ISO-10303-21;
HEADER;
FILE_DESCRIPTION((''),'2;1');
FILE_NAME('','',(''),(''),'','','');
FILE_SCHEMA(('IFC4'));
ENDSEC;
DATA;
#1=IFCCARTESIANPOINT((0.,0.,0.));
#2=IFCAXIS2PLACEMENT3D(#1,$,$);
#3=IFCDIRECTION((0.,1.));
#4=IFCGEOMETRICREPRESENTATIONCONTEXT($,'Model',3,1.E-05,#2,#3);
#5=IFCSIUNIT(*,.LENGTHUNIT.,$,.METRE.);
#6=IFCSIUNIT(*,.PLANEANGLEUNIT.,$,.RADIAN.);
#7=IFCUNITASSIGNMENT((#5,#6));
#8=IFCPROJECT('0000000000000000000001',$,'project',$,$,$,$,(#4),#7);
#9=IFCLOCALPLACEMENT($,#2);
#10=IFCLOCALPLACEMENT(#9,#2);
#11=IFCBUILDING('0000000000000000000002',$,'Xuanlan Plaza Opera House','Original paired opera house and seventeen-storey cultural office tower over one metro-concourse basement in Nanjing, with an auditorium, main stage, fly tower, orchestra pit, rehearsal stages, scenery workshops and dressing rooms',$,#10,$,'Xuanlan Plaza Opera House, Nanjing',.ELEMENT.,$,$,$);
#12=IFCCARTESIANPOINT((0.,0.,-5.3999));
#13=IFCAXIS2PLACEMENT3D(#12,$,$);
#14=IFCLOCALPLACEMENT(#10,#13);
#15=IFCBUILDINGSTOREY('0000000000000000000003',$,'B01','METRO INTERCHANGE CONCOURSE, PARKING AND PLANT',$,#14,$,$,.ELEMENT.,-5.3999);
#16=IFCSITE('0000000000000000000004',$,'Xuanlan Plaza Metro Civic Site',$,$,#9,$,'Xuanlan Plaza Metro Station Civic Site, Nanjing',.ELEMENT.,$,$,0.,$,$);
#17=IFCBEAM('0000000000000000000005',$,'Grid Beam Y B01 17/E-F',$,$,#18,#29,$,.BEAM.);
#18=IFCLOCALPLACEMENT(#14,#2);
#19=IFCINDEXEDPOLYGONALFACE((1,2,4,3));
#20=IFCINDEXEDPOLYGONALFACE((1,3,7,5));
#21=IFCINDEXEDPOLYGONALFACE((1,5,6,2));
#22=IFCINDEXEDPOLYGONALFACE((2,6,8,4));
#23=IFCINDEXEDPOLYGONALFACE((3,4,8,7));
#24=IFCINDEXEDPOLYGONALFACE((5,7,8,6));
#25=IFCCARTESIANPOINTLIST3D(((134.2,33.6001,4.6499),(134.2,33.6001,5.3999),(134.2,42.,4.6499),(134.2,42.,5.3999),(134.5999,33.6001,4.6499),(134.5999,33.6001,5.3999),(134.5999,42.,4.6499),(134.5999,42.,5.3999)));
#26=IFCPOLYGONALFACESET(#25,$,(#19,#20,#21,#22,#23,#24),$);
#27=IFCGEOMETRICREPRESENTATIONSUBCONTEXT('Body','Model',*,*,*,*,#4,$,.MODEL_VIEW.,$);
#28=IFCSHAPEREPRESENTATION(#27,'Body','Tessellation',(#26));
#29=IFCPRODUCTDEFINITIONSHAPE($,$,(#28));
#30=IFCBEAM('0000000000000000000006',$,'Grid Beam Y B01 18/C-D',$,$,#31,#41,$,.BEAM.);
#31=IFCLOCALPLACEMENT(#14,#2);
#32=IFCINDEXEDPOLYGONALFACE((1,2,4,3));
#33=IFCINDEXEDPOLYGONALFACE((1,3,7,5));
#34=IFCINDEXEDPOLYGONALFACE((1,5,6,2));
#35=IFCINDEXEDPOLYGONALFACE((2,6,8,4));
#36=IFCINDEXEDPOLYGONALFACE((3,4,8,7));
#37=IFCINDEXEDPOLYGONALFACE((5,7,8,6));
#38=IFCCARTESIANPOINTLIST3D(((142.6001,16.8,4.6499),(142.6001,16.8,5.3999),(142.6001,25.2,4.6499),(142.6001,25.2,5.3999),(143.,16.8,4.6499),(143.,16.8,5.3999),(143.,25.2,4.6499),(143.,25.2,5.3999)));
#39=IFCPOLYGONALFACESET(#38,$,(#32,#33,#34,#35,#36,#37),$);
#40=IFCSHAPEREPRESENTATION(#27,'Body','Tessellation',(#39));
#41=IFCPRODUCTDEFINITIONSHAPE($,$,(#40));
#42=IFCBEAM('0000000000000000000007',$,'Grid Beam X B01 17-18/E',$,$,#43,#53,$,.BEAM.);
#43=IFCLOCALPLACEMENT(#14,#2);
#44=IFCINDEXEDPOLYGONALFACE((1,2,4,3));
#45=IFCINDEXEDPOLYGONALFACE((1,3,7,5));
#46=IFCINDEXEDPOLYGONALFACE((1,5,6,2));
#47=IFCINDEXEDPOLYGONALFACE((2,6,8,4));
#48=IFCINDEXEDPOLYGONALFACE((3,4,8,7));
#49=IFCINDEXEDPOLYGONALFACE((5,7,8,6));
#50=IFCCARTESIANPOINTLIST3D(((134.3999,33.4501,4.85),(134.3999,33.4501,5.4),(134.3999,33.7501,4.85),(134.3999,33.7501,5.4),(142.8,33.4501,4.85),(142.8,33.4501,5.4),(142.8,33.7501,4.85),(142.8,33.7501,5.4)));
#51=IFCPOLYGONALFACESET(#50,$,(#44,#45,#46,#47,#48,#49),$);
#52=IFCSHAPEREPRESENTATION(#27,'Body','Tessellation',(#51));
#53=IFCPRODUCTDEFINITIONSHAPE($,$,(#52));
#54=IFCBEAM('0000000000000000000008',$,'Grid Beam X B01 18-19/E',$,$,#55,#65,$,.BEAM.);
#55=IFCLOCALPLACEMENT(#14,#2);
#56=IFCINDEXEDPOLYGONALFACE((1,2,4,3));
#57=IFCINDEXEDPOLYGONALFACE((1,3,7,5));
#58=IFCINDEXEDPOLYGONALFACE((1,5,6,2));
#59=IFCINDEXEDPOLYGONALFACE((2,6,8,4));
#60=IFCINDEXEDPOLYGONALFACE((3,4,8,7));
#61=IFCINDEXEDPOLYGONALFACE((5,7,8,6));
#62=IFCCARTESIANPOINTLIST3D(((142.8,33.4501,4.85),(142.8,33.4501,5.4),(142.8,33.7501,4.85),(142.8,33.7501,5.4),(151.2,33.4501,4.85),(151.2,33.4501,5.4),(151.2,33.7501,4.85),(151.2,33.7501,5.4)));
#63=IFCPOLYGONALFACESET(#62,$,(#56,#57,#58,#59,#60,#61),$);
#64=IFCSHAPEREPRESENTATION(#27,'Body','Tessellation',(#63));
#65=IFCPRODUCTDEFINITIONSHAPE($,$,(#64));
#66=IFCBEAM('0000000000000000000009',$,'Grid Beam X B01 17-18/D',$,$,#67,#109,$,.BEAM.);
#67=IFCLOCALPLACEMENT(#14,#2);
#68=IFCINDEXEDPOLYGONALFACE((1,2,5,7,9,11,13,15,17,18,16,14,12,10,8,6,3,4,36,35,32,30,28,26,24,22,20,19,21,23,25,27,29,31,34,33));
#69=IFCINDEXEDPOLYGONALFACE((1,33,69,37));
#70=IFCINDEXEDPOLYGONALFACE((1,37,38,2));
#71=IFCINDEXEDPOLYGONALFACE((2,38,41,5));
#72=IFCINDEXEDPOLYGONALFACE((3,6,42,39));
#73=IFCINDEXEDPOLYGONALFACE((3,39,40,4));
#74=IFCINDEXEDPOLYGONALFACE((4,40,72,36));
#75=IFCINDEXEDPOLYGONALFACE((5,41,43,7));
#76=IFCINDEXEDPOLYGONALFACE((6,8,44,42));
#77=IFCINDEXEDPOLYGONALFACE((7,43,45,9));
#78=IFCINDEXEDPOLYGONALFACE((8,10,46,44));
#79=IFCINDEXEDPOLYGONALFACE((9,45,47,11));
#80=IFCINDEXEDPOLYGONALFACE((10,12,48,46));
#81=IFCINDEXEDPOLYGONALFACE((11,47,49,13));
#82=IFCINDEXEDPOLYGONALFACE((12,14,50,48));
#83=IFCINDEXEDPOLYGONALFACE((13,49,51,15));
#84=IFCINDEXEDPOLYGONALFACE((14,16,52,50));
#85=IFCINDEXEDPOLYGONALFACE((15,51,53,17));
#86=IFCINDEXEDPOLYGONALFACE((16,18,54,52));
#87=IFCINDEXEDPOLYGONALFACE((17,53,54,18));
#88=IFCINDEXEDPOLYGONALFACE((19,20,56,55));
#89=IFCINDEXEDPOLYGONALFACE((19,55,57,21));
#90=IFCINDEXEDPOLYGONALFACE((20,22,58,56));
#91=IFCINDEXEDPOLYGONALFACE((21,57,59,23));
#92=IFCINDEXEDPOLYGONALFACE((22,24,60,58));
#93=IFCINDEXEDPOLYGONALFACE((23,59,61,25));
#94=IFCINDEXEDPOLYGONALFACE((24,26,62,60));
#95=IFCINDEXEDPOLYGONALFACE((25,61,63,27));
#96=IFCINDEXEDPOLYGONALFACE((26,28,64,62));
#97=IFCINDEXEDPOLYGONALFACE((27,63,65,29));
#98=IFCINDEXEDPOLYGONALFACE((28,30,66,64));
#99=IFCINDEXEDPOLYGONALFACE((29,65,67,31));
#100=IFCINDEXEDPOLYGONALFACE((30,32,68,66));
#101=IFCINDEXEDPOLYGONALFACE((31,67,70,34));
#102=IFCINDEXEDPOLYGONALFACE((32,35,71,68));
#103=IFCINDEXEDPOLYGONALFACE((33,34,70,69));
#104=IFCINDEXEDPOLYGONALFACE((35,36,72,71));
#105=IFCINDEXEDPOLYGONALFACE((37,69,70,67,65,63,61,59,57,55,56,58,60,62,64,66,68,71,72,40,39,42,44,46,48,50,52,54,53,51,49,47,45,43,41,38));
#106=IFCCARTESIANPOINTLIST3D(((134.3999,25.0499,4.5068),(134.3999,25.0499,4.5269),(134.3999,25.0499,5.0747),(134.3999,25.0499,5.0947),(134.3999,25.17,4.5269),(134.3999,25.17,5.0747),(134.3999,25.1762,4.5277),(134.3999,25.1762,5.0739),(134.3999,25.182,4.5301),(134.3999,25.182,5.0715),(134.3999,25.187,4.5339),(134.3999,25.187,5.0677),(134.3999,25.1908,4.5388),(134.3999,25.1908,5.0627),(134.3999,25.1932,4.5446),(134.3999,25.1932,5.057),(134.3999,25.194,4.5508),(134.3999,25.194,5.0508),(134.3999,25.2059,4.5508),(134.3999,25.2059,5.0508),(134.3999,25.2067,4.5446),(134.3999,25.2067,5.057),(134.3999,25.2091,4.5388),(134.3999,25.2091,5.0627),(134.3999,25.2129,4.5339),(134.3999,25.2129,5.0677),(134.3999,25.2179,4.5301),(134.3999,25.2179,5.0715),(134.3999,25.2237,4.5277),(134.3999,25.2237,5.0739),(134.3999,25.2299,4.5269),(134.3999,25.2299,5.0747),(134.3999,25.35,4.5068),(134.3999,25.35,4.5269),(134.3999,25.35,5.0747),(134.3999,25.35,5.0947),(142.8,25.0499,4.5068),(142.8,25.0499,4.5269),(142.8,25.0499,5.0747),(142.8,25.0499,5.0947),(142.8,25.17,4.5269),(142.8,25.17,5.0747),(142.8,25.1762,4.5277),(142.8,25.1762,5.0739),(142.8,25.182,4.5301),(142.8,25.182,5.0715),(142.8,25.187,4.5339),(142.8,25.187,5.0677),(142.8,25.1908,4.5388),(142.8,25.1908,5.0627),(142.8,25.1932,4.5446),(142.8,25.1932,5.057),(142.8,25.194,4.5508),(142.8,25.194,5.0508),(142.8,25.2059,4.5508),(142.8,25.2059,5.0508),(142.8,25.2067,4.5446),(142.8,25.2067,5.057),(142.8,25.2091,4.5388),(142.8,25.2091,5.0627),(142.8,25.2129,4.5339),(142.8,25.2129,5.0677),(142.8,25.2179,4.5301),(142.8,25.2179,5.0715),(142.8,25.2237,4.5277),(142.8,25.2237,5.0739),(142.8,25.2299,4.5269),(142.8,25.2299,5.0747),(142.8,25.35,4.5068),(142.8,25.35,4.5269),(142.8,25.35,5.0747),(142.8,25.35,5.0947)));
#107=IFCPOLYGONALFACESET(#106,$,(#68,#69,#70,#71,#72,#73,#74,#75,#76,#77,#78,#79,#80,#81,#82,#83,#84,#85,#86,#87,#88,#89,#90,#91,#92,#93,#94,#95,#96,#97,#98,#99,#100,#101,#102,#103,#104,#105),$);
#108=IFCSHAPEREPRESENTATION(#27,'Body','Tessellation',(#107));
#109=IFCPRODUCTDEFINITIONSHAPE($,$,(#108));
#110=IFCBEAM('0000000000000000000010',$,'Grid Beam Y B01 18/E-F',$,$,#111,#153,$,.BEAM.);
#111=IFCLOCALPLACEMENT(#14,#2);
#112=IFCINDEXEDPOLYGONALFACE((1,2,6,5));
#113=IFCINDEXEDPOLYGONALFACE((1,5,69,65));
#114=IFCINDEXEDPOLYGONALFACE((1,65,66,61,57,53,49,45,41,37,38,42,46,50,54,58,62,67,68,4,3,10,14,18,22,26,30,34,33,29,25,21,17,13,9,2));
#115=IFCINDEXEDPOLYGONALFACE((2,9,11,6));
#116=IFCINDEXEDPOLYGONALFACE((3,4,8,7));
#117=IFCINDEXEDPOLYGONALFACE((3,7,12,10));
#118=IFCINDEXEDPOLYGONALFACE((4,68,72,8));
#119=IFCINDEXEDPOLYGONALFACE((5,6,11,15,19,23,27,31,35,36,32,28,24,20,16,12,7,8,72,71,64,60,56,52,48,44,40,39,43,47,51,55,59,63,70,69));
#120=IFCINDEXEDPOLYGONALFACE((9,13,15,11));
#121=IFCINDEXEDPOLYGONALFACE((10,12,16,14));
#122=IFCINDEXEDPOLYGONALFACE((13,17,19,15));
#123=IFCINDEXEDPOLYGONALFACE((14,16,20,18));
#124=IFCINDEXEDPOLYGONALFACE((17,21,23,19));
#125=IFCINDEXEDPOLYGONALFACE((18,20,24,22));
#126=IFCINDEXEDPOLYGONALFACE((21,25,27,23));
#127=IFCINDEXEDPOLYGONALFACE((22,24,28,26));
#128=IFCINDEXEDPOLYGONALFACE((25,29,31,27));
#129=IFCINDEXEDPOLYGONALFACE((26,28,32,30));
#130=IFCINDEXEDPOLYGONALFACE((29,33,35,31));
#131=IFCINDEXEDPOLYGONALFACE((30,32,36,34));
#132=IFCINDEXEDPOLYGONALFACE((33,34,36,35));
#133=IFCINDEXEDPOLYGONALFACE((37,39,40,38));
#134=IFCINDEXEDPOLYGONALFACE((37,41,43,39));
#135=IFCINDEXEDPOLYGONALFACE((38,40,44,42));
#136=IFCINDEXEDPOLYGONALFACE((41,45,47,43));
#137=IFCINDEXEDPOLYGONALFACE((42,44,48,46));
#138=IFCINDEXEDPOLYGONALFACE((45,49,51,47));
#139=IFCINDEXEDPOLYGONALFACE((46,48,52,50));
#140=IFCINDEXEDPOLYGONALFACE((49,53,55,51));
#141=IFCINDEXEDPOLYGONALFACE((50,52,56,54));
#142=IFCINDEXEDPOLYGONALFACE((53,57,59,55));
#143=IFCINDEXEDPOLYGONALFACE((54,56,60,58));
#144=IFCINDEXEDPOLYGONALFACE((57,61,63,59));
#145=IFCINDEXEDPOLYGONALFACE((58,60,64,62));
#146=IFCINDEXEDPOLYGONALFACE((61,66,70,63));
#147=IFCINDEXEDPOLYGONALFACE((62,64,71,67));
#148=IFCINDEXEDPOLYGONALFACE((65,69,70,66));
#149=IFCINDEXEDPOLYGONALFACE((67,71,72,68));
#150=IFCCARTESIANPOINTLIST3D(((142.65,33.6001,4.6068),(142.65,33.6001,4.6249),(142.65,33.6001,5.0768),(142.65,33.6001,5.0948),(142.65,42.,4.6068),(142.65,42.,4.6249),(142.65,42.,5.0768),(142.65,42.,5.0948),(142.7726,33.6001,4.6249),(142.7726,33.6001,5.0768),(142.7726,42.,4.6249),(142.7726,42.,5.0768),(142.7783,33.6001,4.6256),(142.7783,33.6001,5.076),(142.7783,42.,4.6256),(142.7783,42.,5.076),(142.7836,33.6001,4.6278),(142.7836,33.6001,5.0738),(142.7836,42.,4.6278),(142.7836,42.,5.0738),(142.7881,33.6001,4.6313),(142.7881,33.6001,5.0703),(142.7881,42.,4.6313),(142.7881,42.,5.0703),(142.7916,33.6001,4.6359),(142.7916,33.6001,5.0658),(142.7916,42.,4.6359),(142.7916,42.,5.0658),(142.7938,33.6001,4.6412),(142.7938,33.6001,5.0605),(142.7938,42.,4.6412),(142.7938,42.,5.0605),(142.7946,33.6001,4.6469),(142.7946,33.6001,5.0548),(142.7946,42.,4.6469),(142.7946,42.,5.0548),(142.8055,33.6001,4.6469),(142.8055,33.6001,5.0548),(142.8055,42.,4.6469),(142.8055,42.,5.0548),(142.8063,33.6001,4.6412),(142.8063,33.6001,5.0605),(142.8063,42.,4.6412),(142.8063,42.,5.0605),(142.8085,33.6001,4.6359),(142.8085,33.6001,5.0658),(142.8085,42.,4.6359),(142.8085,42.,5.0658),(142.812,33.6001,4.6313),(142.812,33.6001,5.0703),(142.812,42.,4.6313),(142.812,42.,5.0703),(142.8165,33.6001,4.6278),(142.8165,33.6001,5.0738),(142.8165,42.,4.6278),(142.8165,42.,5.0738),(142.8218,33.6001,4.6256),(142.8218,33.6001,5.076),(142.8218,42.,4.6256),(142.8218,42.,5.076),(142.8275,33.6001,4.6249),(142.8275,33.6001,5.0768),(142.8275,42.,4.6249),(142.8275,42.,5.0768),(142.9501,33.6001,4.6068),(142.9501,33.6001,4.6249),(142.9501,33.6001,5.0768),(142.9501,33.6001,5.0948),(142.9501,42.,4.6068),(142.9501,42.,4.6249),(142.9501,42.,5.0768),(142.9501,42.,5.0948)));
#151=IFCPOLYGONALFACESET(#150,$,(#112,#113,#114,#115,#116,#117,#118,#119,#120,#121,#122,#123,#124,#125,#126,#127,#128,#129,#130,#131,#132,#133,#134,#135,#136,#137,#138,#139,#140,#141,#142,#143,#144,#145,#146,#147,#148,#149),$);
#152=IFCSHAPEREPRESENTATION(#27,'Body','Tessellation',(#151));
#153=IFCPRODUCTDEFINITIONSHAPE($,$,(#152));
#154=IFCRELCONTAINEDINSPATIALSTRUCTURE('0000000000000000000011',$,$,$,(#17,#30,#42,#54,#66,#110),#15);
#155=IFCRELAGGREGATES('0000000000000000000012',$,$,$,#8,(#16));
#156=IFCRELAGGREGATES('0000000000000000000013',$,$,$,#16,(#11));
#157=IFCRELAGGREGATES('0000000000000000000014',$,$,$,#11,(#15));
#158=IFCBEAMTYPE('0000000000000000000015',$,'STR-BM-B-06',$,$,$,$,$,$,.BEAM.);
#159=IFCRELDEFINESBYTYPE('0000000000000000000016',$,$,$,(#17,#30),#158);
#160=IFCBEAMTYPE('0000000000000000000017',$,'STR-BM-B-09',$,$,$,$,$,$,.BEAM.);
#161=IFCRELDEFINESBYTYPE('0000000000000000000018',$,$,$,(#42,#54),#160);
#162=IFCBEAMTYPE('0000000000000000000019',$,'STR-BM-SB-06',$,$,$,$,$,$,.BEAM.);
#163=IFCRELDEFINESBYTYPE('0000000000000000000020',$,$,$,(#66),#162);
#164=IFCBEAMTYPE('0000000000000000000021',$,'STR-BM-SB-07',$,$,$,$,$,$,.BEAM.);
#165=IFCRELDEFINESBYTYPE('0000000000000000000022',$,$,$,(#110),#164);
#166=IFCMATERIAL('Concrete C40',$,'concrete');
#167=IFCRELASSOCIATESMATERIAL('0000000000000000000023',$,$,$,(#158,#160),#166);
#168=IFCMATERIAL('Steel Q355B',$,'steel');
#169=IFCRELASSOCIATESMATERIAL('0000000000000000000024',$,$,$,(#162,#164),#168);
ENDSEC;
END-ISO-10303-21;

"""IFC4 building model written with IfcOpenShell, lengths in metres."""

from ifc_helpers import new_model, si_unit, direction, frame, origin, origin_2d, place, context, subcontext, project, spatial, rectangle, i_section, extrude, material, material_profile, profile_set, type_object, element, save


model = new_model("IFC4")

# Units and contexts
model_context = context("Model", 3, precision=1e-05, world=origin(), true_north=direction((0.0, 1.0)))
body_context = subcontext(model_context, "Body", "Model", "MODEL_VIEW")
ifc_project = project(units=[si_unit("LENGTHUNIT", "METRE"), si_unit("PLANEANGLEUNIT", "RADIAN")], contexts=[model_context])

# Site, building, storey
site_placement = place(None, origin())
site = spatial("IfcSite", under=ifc_project, at=site_placement, Name="Xuanlan Plaza Metro Civic Site", LongName="Xuanlan Plaza Metro Station Civic Site, Nanjing", CompositionType="ELEMENT", RefElevation=0.0)
building_placement = place(site_placement, origin())
building = spatial("IfcBuilding", under=site, at=building_placement, Name="Xuanlan Plaza Opera House", Description="Original paired opera house and seventeen-storey cultural office tower over one metro-concourse basement in Nanjing, with an auditorium, main stage, fly tower, orchestra pit, rehearsal stages, scenery workshops and dressing rooms", LongName="Xuanlan Plaza Opera House, Nanjing", CompositionType="ELEMENT")
storey_placement = place(building_placement, frame((0.0, 0.0, -5.3999)))
storey = spatial("IfcBuildingStorey", under=building, at=storey_placement, Name="B01", Description="METRO INTERCHANGE CONCOURSE, PARKING AND PLANT", CompositionType="ELEMENT", Elevation=-5.3999)

# Shared definitions
ifc_material_1 = material(Name="Concrete C40", Category="concrete")

# Beams
ifc_material_profile_1 = material_profile(ifc_material_1, rectangle(XDim=0.3999, YDim=0.75, at=origin_2d()), Name="RC-BM 400x750")
ifc_profile_set_1 = profile_set([ifc_material_profile_1], Name="Concrete C40")
beam_type_1 = type_object("IfcBeamType", Name="STR-BM-B-06", PredefinedType="BEAM", material=ifc_profile_set_1)
for number, where, z_axis, x_axis, name in (
    (1, (134.3999, 33.6001, 5.0249), (0.0, 1.0, 0.0), (-1.0, 0.0, 0.0), "Grid Beam Y B01 17/E-F"),
    (2, (142.8, 16.8, 5.0249), (0.0, 1.0, 0.0), (-1.0, 0.0, 0.0), "Grid Beam Y B01 18/C-D"),
):
    element("IfcBeam", number, at=place(storey_placement, frame(where, z_axis=z_axis, x_axis=x_axis)), inside=storey, type_object=beam_type_1, Name=name, PredefinedType="BEAM", context=body_context, shape_type="SweptSolid", body=[
        extrude(rectangle(XDim=0.3999, YDim=0.75, at=origin_2d()), origin(), (0.0, 0.0, 1.0), 8.3999),
    ])
ifc_material_profile_2 = material_profile(ifc_material_1, rectangle(XDim=0.3, YDim=0.55, at=origin_2d()), Name="RC-BM 300x550")
ifc_profile_set_2 = profile_set([ifc_material_profile_2], Name="Concrete C40")
beam_type_2 = type_object("IfcBeamType", Name="STR-BM-B-09", PredefinedType="BEAM", material=ifc_profile_set_2)
beam_1_placement = place(storey_placement, frame((134.3999, 33.6001, 5.125), z_axis=(1.0, 0.0, 0.0), x_axis=(0.0, 1.0, 0.0)))
element("IfcBeam", 3, at=beam_1_placement, inside=storey, type_object=beam_type_2, Name="Grid Beam X B01 17-18/E", PredefinedType="BEAM", context=body_context, shape_type="SweptSolid", body=[
    extrude(rectangle(XDim=0.3, YDim=0.55, at=origin_2d()), origin(), (0.0, 0.0, 1.0), 8.4001),
])
beam_2_placement = place(storey_placement, frame((142.8, 33.6001, 5.125), z_axis=(1.0, 0.0, 0.0), x_axis=(0.0, 1.0, 0.0)))
element("IfcBeam", 4, at=beam_2_placement, inside=storey, type_object=beam_type_2, Name="Grid Beam X B01 18-19/E", PredefinedType="BEAM", context=body_context, shape_type="SweptSolid", body=[
    extrude(rectangle(XDim=0.3, YDim=0.55, at=origin_2d()), origin(), (0.0, 0.0, 1.0), 8.3999),
])
ifc_material_2 = material(Name="Steel Q355B", Category="steel")
ifc_material_profile_3 = material_profile(ifc_material_2, i_section(OverallWidth=0.3, OverallDepth=0.5879, WebThickness=0.012, FlangeThickness=0.02, FilletRadius=0.0239, at=origin_2d()), Name="HM 588x300x12x20")
ifc_profile_set_3 = profile_set([ifc_material_profile_3], Name="Steel Q355B")
beam_type_3 = type_object("IfcBeamType", Name="STR-BM-SB-06", PredefinedType="BEAM", material=ifc_profile_set_3)
beam_3_placement = place(storey_placement, frame((134.3999, 25.2, 4.8008), z_axis=(1.0, 0.0, 0.0), x_axis=(0.0, 1.0, 0.0)))
element("IfcBeam", 5, at=beam_3_placement, inside=storey, type_object=beam_type_3, Name="Grid Beam X B01 17-18/D", PredefinedType="BEAM", context=body_context, shape_type="SweptSolid", body=[
    extrude(i_section(OverallWidth=0.3, OverallDepth=0.5879, WebThickness=0.012, FlangeThickness=0.02, FilletRadius=0.0239, at=origin_2d()), origin(), (0.0, 0.0, 1.0), 8.4001),
])
ifc_material_profile_4 = material_profile(ifc_material_2, i_section(OverallWidth=0.3, OverallDepth=0.488, WebThickness=0.011, FlangeThickness=0.0181, FilletRadius=0.022, at=origin_2d()), Name="HM 488x300x11x18")
ifc_profile_set_4 = profile_set([ifc_material_profile_4], Name="Steel Q355B")
beam_type_4 = type_object("IfcBeamType", Name="STR-BM-SB-07", PredefinedType="BEAM", material=ifc_profile_set_4)
beam_4_placement = place(storey_placement, frame((142.8, 33.6001, 4.8508), z_axis=(0.0, 1.0, 0.0), x_axis=(-1.0, 0.0, 0.0)))
element("IfcBeam", 6, at=beam_4_placement, inside=storey, type_object=beam_type_4, Name="Grid Beam Y B01 18/E-F", PredefinedType="BEAM", context=body_context, shape_type="SweptSolid", body=[
    extrude(i_section(OverallWidth=0.3, OverallDepth=0.488, WebThickness=0.011, FlangeThickness=0.0181, FilletRadius=0.022, at=origin_2d()), origin(), (0.0, 0.0, 1.0), 8.3999),
])

save(model, "model.ifc")
